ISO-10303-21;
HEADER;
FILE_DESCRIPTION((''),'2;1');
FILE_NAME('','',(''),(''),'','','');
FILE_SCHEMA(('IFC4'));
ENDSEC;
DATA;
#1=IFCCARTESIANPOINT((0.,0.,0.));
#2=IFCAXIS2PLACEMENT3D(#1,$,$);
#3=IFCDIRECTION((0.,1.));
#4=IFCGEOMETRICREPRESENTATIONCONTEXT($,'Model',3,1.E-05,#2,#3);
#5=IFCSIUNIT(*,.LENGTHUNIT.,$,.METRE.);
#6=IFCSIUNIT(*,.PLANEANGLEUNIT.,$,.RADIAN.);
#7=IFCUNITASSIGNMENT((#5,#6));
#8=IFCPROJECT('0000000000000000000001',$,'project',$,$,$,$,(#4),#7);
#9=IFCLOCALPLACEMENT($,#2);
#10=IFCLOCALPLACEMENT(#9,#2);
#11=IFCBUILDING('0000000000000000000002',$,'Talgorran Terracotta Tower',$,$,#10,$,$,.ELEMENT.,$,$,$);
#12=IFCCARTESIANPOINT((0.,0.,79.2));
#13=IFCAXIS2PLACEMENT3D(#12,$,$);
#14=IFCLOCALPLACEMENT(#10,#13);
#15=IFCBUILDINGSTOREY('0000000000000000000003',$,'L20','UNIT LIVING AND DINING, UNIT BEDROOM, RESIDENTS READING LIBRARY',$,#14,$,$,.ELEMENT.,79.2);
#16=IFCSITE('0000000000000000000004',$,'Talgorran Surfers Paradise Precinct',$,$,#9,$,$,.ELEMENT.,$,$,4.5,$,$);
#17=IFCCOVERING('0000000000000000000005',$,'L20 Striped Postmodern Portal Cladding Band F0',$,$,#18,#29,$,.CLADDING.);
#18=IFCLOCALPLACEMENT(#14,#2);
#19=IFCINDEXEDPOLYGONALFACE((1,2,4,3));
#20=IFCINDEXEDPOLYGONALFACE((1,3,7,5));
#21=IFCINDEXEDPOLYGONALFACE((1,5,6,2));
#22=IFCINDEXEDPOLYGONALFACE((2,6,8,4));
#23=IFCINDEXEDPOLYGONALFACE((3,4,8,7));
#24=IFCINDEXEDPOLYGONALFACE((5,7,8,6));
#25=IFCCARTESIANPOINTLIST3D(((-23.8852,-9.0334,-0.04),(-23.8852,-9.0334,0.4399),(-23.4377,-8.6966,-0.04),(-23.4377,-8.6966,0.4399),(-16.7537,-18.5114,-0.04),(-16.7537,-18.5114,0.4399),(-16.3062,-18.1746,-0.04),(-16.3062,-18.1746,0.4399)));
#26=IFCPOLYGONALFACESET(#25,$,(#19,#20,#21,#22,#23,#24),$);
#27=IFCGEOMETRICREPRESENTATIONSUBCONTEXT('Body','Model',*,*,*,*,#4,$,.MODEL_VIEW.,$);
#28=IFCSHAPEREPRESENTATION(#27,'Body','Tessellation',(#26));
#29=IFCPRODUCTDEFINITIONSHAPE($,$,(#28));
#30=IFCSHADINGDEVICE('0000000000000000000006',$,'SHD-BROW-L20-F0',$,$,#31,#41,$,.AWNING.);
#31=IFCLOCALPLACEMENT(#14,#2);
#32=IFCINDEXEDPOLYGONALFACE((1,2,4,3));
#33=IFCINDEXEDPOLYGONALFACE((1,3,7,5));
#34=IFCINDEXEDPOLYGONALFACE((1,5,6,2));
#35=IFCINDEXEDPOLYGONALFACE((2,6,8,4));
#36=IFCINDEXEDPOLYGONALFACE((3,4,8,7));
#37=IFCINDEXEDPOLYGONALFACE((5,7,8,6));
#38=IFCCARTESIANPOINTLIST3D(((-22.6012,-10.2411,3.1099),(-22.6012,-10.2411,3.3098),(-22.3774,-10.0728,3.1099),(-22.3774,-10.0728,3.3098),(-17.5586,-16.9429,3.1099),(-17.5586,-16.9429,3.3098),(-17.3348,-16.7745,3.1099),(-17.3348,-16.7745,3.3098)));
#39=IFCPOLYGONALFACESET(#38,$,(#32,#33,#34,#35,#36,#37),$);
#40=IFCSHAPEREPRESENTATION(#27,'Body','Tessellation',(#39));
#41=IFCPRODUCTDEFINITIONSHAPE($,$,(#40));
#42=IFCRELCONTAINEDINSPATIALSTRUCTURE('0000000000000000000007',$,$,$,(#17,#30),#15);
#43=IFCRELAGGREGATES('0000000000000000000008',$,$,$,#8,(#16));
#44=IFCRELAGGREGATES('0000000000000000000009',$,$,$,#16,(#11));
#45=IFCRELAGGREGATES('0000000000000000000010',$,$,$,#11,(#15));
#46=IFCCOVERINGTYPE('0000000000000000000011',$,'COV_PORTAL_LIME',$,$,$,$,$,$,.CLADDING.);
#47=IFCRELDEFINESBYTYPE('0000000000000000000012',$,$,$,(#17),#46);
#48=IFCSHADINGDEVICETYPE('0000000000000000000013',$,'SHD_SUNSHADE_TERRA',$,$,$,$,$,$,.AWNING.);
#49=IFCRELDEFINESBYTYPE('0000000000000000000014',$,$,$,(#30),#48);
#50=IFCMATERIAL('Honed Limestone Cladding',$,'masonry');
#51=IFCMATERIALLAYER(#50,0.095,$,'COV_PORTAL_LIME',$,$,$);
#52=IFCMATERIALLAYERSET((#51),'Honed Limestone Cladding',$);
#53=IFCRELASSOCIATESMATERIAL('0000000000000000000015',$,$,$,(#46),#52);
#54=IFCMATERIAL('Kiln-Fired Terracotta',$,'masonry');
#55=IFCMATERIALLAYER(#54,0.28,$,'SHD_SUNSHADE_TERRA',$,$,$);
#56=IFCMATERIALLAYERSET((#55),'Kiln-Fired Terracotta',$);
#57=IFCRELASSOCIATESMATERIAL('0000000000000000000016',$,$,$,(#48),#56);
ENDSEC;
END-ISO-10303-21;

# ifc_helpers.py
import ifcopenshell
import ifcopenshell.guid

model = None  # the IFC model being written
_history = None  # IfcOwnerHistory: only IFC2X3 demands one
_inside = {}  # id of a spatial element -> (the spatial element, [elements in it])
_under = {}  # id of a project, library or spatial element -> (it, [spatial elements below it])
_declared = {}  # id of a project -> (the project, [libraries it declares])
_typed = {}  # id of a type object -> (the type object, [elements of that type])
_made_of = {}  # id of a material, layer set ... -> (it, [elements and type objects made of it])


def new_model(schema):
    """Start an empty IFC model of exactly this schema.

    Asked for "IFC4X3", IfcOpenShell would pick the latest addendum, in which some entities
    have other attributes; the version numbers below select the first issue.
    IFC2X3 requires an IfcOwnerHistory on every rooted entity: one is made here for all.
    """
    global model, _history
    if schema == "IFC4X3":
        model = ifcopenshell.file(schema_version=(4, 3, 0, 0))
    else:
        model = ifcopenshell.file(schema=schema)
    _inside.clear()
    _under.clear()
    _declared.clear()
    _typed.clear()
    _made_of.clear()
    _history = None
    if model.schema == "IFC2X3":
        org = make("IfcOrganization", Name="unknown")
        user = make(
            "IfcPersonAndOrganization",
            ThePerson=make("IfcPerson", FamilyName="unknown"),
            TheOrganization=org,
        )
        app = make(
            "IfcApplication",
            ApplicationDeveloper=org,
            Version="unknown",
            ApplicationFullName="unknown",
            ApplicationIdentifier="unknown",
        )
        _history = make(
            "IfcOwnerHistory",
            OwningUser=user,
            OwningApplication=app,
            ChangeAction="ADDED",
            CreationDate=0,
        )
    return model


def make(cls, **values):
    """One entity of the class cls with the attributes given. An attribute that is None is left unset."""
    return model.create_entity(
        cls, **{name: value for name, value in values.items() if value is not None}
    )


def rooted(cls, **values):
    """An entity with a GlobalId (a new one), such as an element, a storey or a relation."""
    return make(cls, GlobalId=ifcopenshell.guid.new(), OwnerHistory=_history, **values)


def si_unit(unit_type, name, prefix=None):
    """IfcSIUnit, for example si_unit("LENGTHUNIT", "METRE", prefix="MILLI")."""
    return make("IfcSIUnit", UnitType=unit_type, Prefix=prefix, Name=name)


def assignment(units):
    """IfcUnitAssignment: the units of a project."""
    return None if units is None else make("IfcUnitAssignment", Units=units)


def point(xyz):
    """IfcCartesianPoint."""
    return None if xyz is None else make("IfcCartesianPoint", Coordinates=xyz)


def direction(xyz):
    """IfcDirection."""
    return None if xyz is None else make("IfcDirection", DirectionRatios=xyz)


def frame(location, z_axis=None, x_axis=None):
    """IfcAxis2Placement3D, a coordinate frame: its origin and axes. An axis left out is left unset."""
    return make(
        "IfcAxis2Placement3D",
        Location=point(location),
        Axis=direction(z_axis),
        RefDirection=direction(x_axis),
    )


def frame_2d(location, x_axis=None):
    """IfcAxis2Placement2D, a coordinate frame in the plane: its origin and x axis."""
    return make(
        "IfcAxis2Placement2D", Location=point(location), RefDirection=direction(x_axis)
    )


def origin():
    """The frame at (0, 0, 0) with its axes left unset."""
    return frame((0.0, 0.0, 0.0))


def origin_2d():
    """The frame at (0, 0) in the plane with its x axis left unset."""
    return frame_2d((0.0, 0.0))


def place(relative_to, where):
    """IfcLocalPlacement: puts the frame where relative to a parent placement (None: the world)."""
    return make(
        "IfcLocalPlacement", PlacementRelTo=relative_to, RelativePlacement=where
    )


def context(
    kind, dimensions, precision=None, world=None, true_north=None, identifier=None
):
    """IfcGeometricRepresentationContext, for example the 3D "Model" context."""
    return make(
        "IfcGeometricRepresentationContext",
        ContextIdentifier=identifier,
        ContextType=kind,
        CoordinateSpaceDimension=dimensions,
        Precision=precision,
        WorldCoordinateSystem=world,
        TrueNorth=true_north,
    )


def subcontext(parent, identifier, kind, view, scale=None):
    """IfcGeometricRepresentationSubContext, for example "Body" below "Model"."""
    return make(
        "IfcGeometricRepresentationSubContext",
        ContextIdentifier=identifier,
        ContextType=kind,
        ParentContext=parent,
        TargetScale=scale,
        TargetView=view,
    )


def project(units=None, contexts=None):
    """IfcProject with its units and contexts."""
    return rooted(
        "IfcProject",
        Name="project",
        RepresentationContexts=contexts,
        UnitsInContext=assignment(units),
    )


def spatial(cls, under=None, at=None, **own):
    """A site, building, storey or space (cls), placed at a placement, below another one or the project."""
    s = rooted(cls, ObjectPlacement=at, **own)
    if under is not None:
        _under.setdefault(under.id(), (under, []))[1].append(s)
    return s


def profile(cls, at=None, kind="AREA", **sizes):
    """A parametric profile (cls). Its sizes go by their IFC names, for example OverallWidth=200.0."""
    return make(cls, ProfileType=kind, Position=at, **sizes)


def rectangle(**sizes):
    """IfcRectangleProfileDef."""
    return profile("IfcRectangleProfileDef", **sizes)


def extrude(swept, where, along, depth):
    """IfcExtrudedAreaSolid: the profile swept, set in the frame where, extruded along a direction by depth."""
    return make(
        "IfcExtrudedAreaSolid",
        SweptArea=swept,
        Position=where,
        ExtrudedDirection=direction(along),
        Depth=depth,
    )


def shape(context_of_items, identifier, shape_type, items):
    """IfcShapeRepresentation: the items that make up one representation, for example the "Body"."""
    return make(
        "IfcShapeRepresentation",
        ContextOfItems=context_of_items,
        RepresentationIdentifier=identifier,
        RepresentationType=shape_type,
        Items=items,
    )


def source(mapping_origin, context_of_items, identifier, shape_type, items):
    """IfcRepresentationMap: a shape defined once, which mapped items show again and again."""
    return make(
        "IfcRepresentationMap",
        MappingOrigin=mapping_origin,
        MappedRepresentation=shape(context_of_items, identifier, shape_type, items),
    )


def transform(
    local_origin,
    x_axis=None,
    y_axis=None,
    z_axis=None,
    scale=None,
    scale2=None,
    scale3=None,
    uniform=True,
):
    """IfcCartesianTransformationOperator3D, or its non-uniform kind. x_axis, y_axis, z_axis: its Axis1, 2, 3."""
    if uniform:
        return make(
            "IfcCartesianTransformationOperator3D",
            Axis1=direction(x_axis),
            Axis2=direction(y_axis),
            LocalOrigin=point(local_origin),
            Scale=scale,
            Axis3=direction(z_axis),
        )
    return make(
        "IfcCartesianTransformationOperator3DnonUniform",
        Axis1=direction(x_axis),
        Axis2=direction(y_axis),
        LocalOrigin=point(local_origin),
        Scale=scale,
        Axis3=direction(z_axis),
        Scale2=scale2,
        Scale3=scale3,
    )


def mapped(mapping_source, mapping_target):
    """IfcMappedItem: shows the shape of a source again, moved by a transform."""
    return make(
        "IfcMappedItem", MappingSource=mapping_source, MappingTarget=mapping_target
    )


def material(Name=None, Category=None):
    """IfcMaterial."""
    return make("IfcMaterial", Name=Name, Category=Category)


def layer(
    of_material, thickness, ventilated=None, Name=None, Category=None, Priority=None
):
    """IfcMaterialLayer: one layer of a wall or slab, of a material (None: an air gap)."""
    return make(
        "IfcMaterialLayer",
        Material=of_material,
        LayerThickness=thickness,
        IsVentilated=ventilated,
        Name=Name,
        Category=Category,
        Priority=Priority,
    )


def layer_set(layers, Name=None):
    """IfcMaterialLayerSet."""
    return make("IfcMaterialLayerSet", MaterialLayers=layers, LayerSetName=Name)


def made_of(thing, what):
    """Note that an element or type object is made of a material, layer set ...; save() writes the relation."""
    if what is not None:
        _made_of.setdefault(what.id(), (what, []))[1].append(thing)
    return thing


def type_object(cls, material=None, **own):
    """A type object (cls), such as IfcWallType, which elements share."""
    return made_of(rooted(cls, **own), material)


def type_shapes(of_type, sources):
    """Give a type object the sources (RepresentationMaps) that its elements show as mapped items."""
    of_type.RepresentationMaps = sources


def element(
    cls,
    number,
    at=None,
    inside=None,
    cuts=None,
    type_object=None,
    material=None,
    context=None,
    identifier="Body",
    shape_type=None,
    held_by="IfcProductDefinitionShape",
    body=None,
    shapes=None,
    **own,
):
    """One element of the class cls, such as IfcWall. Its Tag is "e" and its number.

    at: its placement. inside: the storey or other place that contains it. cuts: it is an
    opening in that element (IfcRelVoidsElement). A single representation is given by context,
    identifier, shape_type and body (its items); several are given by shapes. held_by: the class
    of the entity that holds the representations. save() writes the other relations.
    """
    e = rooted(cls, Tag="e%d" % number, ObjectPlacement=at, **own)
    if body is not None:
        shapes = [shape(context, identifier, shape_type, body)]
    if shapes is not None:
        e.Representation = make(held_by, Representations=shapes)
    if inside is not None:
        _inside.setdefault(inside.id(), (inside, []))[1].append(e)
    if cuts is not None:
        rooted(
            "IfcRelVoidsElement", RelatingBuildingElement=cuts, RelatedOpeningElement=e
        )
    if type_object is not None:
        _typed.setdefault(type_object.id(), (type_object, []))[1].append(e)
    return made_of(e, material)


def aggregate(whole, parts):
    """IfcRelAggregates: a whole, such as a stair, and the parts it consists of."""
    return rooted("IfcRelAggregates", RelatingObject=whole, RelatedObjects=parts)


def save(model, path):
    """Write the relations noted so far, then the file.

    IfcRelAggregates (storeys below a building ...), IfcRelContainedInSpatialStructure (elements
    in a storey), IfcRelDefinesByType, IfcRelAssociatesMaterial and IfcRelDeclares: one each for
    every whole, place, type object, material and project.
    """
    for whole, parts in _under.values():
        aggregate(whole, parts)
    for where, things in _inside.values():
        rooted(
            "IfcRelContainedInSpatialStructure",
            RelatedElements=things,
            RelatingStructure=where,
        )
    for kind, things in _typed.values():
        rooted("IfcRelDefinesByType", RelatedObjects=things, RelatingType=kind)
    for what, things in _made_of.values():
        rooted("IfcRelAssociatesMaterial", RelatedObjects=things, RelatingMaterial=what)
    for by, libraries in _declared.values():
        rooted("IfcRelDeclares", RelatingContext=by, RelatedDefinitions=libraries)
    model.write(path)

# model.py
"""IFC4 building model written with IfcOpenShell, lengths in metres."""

from ifc_helpers import new_model, si_unit, direction, frame, origin, origin_2d, place, context, subcontext, project, spatial, rectangle, extrude, source, transform, mapped, material, layer, layer_set, type_object, type_shapes, element, save


model = new_model("IFC4")

# Units and contexts
model_context = context("Model", 3, precision=1e-05, world=origin(), true_north=direction((0.0, 1.0)))
body_context = subcontext(model_context, "Body", "Model", "MODEL_VIEW")
ifc_project = project(units=[si_unit("LENGTHUNIT", "METRE"), si_unit("PLANEANGLEUNIT", "RADIAN")], contexts=[model_context])

# Site, building, storey
site_placement = place(None, origin())
site = spatial("IfcSite", under=ifc_project, at=site_placement, Name="Talgorran Surfers Paradise Precinct", CompositionType="ELEMENT", RefElevation=4.5)
building_placement = place(site_placement, origin())
building = spatial("IfcBuilding", under=site, at=building_placement, Name="Talgorran Terracotta Tower", CompositionType="ELEMENT")
storey_placement = place(building_placement, frame((0.0, 0.0, 79.2)))
storey = spatial("IfcBuildingStorey", under=building, at=storey_placement, Name="L20", Description="UNIT LIVING AND DINING, UNIT BEDROOM, RESIDENTS READING LIBRARY", CompositionType="ELEMENT", Elevation=79.2)

# Covering
ifc_material_1 = material(Name="Honed Limestone Cladding", Category="masonry")
ifc_layer_1 = layer(ifc_material_1, 0.095, Name="COV_PORTAL_LIME")
ifc_layer_set_1 = layer_set([ifc_layer_1], Name="Honed Limestone Cladding")
covering_type_1 = type_object("IfcCoveringType", Name="COV_PORTAL_LIME", PredefinedType="CLADDING", material=ifc_layer_set_1)
covering_1_placement = place(storey_placement, frame((-20.0957, -13.604, -0.04), z_axis=(0.0, 0.0, 1.0), x_axis=(0.601243, -0.799066, 0.0)))
element("IfcCovering", 1, at=covering_1_placement, inside=storey, type_object=covering_type_1, Name="L20 Striped Postmodern Portal Cladding Band F0", PredefinedType="CLADDING", context=body_context, shape_type="SweptSolid", body=[
    extrude(rectangle(XDim=11.8613, YDim=0.5601, at=origin_2d()), origin(), (0.0, 0.0, 1.0), 0.48),
])

# Shading device
ifc_material_2 = material(Name="Kiln-Fired Terracotta", Category="masonry")
ifc_layer_2 = layer(ifc_material_2, 0.28, Name="SHD_SUNSHADE_TERRA")
ifc_layer_set_2 = layer_set([ifc_layer_2], Name="Kiln-Fired Terracotta")
shading_device_type = type_object("IfcShadingDeviceType", Name="SHD_SUNSHADE_TERRA", PredefinedType="AWNING", material=ifc_layer_set_2)
shared_shape_1 = source(origin(), body_context, "Body", "SweptSolid", [
    extrude(rectangle(XDim=8.387, YDim=0.28, at=origin_2d()), origin(), (0.0, 0.0, 1.0), 0.2),
])
type_shapes(shading_device_type, [shared_shape_1])
shading_device_placement = place(storey_placement, frame((-19.968, -13.5078, 3.1099), z_axis=(0.0, 0.0, 1.0), x_axis=(0.601243, -0.799066, 0.0)))
element("IfcShadingDevice", 2, at=shading_device_placement, inside=storey, type_object=shading_device_type, Name="SHD-BROW-L20-F0", PredefinedType="AWNING", context=body_context, shape_type="MappedRepresentation", body=[
    mapped(shared_shape_1, transform((0.0, 0.0, 0.0), scale=1.0)),
])

save(model, "model.ifc")
